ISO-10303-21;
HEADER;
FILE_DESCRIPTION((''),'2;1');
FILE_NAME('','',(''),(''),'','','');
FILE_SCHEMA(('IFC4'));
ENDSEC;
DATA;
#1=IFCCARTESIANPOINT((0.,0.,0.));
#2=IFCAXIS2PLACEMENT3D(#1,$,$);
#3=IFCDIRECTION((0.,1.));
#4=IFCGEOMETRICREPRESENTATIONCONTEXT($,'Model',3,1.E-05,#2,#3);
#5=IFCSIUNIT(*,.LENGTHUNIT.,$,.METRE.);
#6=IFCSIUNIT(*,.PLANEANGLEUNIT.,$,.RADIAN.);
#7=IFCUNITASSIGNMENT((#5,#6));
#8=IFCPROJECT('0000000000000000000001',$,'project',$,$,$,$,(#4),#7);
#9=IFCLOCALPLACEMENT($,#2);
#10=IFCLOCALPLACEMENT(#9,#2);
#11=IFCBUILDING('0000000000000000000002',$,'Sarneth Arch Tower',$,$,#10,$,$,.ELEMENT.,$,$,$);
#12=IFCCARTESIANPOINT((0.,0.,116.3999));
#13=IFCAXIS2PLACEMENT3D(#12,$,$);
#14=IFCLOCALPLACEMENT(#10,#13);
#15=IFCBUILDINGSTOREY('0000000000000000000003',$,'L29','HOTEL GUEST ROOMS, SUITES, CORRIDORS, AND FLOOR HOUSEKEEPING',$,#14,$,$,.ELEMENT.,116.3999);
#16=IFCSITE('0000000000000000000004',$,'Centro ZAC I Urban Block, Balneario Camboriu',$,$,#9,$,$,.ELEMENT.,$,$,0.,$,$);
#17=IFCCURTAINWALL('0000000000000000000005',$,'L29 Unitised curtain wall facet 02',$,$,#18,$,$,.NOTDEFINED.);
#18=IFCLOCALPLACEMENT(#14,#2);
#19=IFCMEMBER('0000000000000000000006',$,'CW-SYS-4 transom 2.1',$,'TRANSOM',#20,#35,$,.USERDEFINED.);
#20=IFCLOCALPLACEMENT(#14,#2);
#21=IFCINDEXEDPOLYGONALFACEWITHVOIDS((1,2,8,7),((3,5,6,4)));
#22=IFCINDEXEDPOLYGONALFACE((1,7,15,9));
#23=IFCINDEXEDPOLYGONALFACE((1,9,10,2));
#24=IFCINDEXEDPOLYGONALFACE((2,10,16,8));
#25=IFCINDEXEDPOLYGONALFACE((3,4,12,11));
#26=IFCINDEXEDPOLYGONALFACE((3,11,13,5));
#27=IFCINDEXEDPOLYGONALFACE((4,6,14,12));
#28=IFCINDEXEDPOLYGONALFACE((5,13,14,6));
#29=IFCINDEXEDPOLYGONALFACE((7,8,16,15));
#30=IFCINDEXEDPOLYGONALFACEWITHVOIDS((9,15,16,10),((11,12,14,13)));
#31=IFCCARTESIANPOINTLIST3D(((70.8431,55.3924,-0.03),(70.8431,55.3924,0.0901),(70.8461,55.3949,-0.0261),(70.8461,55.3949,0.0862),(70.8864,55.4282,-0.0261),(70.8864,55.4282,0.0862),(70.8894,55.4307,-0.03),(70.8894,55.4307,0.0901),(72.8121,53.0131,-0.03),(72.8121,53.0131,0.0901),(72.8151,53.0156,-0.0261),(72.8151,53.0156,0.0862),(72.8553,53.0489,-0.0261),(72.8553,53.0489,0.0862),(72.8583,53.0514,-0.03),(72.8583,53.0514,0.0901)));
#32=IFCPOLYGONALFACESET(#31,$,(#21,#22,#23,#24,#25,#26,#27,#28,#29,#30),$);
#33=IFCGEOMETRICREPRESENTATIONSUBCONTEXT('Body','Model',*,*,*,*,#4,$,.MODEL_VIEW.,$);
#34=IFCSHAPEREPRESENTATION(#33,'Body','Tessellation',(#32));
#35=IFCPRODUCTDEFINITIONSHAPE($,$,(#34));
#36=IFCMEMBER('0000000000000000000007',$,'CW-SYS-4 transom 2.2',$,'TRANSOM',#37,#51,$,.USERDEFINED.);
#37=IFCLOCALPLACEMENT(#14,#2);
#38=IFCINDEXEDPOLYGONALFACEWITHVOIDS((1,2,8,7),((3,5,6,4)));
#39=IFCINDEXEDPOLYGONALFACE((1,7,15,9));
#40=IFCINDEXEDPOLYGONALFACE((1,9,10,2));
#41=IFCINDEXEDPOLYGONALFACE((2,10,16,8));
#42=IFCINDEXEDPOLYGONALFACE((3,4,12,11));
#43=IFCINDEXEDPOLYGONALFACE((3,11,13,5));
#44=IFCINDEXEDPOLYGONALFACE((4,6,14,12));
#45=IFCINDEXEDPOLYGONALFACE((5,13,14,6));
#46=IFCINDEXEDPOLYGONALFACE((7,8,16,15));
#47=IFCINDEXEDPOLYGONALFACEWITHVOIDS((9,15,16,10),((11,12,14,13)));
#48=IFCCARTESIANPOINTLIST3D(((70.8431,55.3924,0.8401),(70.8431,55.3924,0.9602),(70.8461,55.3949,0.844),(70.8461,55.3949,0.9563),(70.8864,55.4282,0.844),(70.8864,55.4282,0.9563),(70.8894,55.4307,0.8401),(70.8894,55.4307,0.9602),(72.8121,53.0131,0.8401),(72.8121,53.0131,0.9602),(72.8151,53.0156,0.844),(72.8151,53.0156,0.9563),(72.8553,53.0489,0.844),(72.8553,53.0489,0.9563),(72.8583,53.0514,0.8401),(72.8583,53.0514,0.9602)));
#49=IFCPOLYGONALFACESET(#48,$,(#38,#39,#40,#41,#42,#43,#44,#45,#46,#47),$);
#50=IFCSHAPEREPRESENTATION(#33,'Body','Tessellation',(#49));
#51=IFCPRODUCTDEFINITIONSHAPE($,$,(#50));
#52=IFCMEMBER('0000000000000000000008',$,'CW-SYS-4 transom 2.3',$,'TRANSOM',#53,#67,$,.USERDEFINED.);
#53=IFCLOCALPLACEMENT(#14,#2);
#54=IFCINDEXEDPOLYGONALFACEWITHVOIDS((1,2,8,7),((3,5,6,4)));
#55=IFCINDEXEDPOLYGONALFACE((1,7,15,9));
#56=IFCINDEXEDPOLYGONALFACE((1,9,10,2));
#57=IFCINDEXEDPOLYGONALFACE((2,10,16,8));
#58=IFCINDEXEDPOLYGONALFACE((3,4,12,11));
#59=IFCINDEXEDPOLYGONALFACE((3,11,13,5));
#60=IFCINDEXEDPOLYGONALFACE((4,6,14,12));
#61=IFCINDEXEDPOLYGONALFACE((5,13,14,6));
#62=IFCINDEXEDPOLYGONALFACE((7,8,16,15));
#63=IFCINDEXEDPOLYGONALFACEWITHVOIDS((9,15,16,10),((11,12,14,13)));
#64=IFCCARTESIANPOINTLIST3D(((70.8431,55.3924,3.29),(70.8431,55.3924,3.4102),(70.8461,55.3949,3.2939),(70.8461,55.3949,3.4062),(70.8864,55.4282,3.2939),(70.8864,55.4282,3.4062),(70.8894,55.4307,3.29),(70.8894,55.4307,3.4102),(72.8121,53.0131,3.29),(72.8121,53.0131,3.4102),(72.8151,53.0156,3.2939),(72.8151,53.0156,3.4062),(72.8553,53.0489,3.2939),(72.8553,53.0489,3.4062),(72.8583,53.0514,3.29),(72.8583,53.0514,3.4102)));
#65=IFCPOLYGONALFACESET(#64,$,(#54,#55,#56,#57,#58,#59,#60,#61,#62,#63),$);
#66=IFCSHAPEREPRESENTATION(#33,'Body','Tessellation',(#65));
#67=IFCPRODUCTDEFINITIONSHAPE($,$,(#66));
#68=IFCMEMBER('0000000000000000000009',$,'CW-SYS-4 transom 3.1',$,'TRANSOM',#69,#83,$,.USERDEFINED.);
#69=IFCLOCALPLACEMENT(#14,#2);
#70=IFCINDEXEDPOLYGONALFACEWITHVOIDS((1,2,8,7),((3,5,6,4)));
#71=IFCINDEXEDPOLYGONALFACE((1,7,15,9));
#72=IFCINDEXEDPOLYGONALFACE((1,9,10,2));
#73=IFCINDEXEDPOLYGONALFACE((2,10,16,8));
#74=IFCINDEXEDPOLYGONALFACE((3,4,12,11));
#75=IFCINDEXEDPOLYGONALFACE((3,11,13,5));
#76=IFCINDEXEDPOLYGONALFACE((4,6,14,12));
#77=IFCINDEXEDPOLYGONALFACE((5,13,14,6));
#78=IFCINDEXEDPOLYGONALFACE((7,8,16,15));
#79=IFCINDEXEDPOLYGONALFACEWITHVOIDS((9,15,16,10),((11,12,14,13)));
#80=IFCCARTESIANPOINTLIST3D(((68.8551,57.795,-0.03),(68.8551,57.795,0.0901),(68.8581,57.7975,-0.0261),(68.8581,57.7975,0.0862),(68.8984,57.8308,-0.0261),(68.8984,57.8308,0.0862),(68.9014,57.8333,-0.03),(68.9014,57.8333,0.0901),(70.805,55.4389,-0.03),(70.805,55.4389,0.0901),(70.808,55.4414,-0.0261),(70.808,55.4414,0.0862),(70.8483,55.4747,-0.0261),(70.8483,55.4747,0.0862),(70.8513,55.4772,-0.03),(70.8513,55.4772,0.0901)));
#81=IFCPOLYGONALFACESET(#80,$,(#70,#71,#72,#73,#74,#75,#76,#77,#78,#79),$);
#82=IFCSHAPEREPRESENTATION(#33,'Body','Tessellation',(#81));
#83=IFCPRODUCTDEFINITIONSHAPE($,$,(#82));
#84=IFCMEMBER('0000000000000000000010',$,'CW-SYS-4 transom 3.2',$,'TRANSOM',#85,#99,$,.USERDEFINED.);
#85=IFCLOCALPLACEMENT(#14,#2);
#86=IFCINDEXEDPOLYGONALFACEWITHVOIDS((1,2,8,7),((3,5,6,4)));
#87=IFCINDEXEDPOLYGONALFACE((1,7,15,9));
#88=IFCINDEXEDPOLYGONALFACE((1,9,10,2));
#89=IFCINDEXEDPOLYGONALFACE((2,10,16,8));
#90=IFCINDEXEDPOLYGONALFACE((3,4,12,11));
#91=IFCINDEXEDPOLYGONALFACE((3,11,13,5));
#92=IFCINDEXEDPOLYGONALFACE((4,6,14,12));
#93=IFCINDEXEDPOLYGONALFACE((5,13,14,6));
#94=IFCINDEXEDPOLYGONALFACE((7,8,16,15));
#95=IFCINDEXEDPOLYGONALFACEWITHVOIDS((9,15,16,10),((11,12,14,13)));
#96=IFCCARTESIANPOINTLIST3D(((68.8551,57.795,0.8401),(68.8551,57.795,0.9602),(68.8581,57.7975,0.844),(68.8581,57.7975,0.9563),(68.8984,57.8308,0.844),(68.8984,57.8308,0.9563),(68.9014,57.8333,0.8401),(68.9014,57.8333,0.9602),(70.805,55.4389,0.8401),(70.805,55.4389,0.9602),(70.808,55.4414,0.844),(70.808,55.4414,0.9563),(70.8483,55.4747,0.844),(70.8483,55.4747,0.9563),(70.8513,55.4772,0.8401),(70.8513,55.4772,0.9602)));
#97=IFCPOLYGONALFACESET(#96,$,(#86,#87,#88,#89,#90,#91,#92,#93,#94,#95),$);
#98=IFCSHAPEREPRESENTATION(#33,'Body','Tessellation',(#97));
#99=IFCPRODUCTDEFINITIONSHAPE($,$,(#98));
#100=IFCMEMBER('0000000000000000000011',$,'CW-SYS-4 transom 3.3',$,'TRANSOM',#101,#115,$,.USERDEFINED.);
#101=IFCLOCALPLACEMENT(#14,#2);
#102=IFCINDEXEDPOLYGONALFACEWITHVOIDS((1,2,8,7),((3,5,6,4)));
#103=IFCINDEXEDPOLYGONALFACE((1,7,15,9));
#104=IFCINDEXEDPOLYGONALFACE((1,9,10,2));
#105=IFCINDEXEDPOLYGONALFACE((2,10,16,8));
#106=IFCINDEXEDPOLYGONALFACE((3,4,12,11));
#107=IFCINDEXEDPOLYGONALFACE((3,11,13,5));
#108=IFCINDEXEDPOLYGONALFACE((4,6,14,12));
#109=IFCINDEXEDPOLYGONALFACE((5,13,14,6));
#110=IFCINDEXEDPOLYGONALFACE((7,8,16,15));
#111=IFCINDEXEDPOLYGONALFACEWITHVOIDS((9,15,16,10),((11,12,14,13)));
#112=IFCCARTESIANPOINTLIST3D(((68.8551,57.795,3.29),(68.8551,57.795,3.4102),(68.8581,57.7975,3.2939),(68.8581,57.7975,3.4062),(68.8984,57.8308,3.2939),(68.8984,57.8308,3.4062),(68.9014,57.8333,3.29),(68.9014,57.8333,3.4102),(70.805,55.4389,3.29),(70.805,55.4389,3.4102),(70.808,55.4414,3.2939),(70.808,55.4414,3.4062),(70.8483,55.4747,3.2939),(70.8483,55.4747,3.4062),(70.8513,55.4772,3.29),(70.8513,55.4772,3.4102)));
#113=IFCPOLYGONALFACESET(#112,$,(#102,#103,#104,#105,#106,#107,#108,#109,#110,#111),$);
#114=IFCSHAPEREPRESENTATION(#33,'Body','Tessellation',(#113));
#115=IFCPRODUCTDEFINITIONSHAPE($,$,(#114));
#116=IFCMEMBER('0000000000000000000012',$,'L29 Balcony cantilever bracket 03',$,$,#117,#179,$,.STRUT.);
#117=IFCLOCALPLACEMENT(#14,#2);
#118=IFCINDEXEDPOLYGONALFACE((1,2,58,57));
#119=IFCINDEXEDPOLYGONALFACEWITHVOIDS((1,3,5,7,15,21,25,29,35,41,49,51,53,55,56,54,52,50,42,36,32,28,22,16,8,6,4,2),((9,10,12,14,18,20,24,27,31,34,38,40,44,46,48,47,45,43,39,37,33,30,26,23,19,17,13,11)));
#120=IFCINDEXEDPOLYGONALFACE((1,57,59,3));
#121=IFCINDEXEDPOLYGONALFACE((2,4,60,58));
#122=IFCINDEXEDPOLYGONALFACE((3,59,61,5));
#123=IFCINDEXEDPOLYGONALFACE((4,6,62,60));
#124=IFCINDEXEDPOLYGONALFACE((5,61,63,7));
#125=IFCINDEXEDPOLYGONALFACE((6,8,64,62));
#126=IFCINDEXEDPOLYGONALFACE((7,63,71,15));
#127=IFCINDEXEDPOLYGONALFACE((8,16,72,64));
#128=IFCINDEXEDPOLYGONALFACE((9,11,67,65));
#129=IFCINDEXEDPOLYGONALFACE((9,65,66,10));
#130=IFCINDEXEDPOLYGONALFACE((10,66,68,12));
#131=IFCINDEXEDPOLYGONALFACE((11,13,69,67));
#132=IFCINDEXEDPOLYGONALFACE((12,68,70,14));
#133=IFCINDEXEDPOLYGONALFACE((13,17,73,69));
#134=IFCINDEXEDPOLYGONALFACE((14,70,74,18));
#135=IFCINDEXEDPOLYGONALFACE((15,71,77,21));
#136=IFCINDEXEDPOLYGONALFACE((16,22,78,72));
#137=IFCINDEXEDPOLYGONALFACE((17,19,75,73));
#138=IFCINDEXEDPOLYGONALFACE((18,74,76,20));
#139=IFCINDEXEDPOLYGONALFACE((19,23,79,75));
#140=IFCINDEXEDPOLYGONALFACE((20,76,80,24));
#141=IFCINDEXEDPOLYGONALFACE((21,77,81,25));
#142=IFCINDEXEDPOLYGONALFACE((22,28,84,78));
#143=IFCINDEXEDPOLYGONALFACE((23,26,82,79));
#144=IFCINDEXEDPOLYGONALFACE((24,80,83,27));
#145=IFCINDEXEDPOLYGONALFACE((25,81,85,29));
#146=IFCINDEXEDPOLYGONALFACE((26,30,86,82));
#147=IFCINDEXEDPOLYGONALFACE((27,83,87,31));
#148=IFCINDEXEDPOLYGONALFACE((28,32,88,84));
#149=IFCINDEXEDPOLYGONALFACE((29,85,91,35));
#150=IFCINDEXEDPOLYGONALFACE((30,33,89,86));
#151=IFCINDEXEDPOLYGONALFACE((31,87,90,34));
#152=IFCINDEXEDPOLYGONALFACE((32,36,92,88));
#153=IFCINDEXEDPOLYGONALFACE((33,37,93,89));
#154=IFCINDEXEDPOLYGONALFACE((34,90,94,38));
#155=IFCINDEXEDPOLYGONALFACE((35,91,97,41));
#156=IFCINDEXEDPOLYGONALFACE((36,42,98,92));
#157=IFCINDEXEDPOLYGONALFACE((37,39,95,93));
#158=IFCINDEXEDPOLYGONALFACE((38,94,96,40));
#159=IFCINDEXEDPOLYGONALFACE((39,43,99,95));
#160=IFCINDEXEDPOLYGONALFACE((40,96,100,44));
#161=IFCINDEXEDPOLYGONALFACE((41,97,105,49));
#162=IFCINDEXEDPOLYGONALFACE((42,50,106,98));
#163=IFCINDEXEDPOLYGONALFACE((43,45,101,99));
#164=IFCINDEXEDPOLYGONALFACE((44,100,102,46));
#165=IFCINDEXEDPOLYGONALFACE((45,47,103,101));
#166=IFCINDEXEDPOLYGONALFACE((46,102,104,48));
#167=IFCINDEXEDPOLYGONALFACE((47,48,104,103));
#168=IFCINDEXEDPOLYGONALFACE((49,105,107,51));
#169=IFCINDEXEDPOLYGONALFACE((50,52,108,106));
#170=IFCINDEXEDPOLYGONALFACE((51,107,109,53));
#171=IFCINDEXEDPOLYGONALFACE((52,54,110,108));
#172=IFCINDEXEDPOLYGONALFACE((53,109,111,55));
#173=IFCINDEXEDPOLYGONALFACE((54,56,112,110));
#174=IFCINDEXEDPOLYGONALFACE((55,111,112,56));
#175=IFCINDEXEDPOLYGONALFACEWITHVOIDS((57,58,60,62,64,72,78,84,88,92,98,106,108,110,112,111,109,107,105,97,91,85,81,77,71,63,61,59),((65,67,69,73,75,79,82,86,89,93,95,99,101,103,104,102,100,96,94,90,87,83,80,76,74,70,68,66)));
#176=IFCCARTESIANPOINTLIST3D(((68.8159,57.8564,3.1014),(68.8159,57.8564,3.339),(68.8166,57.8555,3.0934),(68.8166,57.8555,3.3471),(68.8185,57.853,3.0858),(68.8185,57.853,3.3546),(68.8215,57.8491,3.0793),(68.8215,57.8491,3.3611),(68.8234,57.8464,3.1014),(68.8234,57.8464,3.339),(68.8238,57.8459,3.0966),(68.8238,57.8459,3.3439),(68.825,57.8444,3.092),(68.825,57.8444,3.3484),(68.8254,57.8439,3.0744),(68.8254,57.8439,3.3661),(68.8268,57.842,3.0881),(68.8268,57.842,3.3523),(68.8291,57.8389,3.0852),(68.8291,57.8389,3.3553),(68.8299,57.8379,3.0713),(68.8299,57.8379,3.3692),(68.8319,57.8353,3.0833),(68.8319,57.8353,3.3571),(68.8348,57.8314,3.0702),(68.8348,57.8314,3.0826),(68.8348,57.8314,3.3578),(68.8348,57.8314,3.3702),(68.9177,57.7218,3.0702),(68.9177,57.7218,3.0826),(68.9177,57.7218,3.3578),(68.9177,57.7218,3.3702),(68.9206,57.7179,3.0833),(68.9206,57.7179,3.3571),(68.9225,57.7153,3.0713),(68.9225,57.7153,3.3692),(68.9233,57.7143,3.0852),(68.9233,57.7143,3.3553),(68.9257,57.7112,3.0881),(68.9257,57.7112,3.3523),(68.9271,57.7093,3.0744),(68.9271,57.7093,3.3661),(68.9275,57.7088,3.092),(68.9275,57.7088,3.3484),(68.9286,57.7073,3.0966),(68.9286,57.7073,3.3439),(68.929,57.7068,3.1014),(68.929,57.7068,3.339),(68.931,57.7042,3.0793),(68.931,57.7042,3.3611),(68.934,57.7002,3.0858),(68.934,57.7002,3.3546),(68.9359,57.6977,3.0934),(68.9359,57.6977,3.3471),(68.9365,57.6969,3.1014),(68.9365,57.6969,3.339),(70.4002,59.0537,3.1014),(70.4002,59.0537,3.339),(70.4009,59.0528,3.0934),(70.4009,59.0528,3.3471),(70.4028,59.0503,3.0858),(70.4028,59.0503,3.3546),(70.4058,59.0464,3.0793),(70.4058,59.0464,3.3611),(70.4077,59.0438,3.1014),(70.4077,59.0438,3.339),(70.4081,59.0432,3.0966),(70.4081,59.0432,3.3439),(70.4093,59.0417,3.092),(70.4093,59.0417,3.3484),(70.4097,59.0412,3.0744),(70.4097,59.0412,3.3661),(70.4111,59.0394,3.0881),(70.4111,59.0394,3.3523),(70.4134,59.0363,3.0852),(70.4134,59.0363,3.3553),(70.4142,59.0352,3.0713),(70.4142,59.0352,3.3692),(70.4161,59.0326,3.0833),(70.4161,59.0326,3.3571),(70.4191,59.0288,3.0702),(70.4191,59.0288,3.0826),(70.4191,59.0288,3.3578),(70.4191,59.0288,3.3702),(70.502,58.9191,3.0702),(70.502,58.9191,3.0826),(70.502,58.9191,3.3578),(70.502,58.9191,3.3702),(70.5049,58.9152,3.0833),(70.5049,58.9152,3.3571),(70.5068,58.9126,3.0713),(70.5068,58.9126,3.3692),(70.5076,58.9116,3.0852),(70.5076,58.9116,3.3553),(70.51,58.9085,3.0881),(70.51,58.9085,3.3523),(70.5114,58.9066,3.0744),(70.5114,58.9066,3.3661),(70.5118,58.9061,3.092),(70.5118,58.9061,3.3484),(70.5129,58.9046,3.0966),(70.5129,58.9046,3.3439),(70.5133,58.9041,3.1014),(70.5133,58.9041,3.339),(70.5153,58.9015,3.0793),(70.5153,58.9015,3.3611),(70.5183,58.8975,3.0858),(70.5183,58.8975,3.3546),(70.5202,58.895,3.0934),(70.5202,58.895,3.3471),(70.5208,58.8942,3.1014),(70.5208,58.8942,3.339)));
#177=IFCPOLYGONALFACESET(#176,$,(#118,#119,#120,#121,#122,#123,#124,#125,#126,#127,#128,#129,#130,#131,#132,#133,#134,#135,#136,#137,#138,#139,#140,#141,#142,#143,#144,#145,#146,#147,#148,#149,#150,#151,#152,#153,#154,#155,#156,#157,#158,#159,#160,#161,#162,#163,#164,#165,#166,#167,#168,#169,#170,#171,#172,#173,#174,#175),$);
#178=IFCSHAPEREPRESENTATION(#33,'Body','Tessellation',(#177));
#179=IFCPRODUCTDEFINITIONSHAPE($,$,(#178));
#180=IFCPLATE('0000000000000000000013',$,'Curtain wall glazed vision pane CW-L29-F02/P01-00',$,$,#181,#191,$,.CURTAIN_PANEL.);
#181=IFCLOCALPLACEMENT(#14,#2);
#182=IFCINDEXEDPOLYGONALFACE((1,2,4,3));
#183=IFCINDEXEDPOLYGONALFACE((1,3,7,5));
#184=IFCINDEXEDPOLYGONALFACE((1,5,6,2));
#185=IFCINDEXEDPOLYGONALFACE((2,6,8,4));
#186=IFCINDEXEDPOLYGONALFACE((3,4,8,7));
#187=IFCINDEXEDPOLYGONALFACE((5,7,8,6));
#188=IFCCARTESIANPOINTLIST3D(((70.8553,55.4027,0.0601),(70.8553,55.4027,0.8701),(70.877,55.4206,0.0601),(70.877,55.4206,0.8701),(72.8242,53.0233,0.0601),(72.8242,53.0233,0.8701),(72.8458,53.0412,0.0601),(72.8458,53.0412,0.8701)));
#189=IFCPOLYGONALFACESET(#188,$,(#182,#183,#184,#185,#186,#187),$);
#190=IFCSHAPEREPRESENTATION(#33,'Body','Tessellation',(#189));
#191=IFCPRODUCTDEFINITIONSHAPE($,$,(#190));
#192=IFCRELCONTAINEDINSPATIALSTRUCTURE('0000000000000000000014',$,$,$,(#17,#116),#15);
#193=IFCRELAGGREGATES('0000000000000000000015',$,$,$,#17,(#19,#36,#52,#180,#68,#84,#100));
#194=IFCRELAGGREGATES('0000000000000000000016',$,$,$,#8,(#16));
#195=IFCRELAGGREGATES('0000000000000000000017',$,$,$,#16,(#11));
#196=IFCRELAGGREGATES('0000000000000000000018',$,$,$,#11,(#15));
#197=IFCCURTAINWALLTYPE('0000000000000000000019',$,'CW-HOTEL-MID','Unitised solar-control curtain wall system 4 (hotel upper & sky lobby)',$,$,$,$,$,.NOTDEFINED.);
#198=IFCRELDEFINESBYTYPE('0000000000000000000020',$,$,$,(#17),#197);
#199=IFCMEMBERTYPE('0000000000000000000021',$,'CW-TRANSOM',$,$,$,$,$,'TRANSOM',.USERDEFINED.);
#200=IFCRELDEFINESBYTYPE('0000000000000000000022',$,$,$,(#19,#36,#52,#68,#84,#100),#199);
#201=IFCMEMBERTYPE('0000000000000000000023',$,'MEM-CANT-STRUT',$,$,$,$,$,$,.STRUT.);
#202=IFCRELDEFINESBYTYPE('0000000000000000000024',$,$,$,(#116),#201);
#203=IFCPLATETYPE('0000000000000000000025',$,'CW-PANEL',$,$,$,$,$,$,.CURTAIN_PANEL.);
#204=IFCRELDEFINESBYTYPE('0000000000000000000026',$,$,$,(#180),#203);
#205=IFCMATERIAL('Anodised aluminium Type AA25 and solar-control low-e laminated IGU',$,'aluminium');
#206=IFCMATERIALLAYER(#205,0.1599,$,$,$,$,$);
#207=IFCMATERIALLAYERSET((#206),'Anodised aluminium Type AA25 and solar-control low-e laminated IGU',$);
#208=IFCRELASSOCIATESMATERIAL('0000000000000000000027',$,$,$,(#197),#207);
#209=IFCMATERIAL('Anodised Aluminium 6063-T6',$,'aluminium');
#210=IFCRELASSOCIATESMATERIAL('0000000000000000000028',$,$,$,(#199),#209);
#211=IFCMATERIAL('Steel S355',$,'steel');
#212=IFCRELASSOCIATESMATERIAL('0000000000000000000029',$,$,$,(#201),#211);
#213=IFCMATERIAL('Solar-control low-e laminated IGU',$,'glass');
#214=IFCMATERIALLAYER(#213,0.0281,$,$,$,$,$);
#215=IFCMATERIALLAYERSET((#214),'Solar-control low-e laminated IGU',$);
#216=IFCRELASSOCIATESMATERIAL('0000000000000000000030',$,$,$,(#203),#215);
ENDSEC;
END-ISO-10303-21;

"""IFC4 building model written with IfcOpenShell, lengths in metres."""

from ifc_helpers import new_model, si_unit, direction, frame, origin, origin_2d, place, context, subcontext, project, spatial, rectangle, hollow_rectangle, extrude, material, layer, layer_set, material_profile, profile_set, type_object, element, aggregate, save


model = new_model("IFC4")

# Units and contexts
model_context = context("Model", 3, precision=1e-05, world=origin(), true_north=direction((0.0, 1.0)))
body_context = subcontext(model_context, "Body", "Model", "MODEL_VIEW")
ifc_project = project(units=[si_unit("LENGTHUNIT", "METRE"), si_unit("PLANEANGLEUNIT", "RADIAN")], contexts=[model_context])

# Site, building, storey
site_placement = place(None, origin())
site = spatial("IfcSite", under=ifc_project, at=site_placement, Name="Centro ZAC I Urban Block, Balneario Camboriu", CompositionType="ELEMENT", RefElevation=0.0)
building_placement = place(site_placement, origin())
building = spatial("IfcBuilding", under=site, at=building_placement, Name="Sarneth Arch Tower", CompositionType="ELEMENT")
storey_placement = place(building_placement, frame((0.0, 0.0, 116.3999)))
storey = spatial("IfcBuildingStorey", under=building, at=storey_placement, Name="L29", Description="HOTEL GUEST ROOMS, SUITES, CORRIDORS, AND FLOOR HOUSEKEEPING", CompositionType="ELEMENT", Elevation=116.3999)

# Curtain wall, members
ifc_material_1 = material(Name="Anodised aluminium Type AA25 and solar-control low-e laminated IGU", Category="aluminium")
ifc_layer_1 = layer(ifc_material_1, 0.1599)
ifc_layer_set_1 = layer_set([ifc_layer_1], Name="Anodised aluminium Type AA25 and solar-control low-e laminated IGU")
curtain_wall_type = type_object("IfcCurtainWallType", Name="CW-HOTEL-MID", Description="Unitised solar-control curtain wall system 4 (hotel upper & sky lobby)", PredefinedType="NOTDEFINED", material=ifc_layer_set_1)
curtain_wall_placement = place(storey_placement, origin())
curtain_wall = element("IfcCurtainWall", 1, at=curtain_wall_placement, inside=storey, type_object=curtain_wall_type, Name="L29 Unitised curtain wall facet 02", PredefinedType="NOTDEFINED")
ifc_material_2 = material(Name="Anodised Aluminium 6063-T6", Category="aluminium")
ifc_material_profile_1 = material_profile(ifc_material_2, hollow_rectangle(XDim=0.0601, YDim=0.1201, WallThickness=0.0039, at=origin_2d()), Name="AL-TRAN-120x60x4")
ifc_profile_set_1 = profile_set([ifc_material_profile_1], Name="Anodised Aluminium 6063-T6")
member_type_1 = type_object("IfcMemberType", Name="CW-TRANSOM", ElementType="TRANSOM", PredefinedType="USERDEFINED", material=ifc_profile_set_1)
member_1_placement = place(storey_placement, frame((72.8352, 53.0322, 0.03), z_axis=(-0.637537, 0.77042, 0.0), x_axis=(-0.77042, -0.637537, 0.0)))
member_1 = element("IfcMember", 2, at=member_1_placement, type_object=member_type_1, Name="CW-SYS-4 transom 2.1", ObjectType="TRANSOM", PredefinedType="USERDEFINED", context=body_context, shape_type="SweptSolid", body=[
    extrude(hollow_rectangle(XDim=0.0601, YDim=0.1201, WallThickness=0.0039, at=origin_2d()), origin(), (0.0, 0.0, 1.0), 3.0884),
])
member_2_placement = place(storey_placement, frame((72.8352, 53.0322, 0.9001), z_axis=(-0.637537, 0.77042, 0.0), x_axis=(-0.77042, -0.637537, 0.0)))
member_2 = element("IfcMember", 3, at=member_2_placement, type_object=member_type_1, Name="CW-SYS-4 transom 2.2", ObjectType="TRANSOM", PredefinedType="USERDEFINED", context=body_context, shape_type="SweptSolid", body=[
    extrude(hollow_rectangle(XDim=0.0601, YDim=0.1201, WallThickness=0.0039, at=origin_2d()), origin(), (0.0, 0.0, 1.0), 3.0884),
])
member_3_placement = place(storey_placement, frame((72.8352, 53.0322, 3.3501), z_axis=(-0.637537, 0.77042, 0.0), x_axis=(-0.77042, -0.637537, 0.0)))
member_3 = element("IfcMember", 4, at=member_3_placement, type_object=member_type_1, Name="CW-SYS-4 transom 2.3", ObjectType="TRANSOM", PredefinedType="USERDEFINED", context=body_context, shape_type="SweptSolid", body=[
    extrude(hollow_rectangle(XDim=0.0601, YDim=0.1201, WallThickness=0.0039, at=origin_2d()), origin(), (0.0, 0.0, 1.0), 3.0884),
])
member_4_placement = place(storey_placement, frame((70.8281, 55.458, 0.03), z_axis=(-0.637566, 0.770396, 0.0), x_axis=(-0.770396, -0.637566, 0.0)))
member_4 = element("IfcMember", 5, at=member_4_placement, type_object=member_type_1, Name="CW-SYS-4 transom 3.1", ObjectType="TRANSOM", PredefinedType="USERDEFINED", context=body_context, shape_type="SweptSolid", body=[
    extrude(hollow_rectangle(XDim=0.0601, YDim=0.1201, WallThickness=0.0039, at=origin_2d()), origin(), (0.0, 0.0, 1.0), 3.0583),
])
member_5_placement = place(storey_placement, frame((70.8281, 55.458, 0.9001), z_axis=(-0.637566, 0.770396, 0.0), x_axis=(-0.770396, -0.637566, 0.0)))
member_5 = element("IfcMember", 6, at=member_5_placement, type_object=member_type_1, Name="CW-SYS-4 transom 3.2", ObjectType="TRANSOM", PredefinedType="USERDEFINED", context=body_context, shape_type="SweptSolid", body=[
    extrude(hollow_rectangle(XDim=0.0601, YDim=0.1201, WallThickness=0.0039, at=origin_2d()), origin(), (0.0, 0.0, 1.0), 3.0583),
])
member_6_placement = place(storey_placement, frame((70.8281, 55.458, 3.3501), z_axis=(-0.637566, 0.770396, 0.0), x_axis=(-0.770396, -0.637566, 0.0)))
member_6 = element("IfcMember", 7, at=member_6_placement, type_object=member_type_1, Name="CW-SYS-4 transom 3.3", ObjectType="TRANSOM", PredefinedType="USERDEFINED", context=body_context, shape_type="SweptSolid", body=[
    extrude(hollow_rectangle(XDim=0.0601, YDim=0.1201, WallThickness=0.0039, at=origin_2d()), origin(), (0.0, 0.0, 1.0), 3.0583),
])

# Member
ifc_material_3 = material(Name="Steel S355", Category="steel")
ifc_material_profile_2 = material_profile(ifc_material_3, hollow_rectangle(XDim=0.2, YDim=0.3, WallThickness=0.0125, InnerFilletRadius=0.0188, OuterFilletRadius=0.0312, at=origin_2d()), Name="RHS300x200x12.5")
ifc_profile_set_2 = profile_set([ifc_material_profile_2], Name="Steel S355")
member_type_2 = type_object("IfcMemberType", Name="MEM-CANT-STRUT", PredefinedType="STRUT", material=ifc_profile_set_2)
member_7_placement = place(storey_placement, frame((68.8762, 57.7766, 3.2202), z_axis=(0.797796, 0.602927, 0.0), x_axis=(-0.602927, 0.797796, 0.0)))
element("IfcMember", 8, at=member_7_placement, inside=storey, type_object=member_type_2, Name="L29 Balcony cantilever bracket 03", PredefinedType="STRUT", context=body_context, shape_type="SweptSolid", body=[
    extrude(hollow_rectangle(XDim=0.2, YDim=0.3, WallThickness=0.0125, InnerFilletRadius=0.0188, OuterFilletRadius=0.0312, at=origin_2d()), origin(), (0.0, 0.0, 1.0), 1.9858),
])

# Plate
ifc_material_4 = material(Name="Solar-control low-e laminated IGU", Category="glass")
ifc_layer_2 = layer(ifc_material_4, 0.0281)
ifc_layer_set_2 = layer_set([ifc_layer_2], Name="Solar-control low-e laminated IGU")
plate_type_1 = type_object("IfcPlateType", Name="CW-PANEL", PredefinedType="CURTAIN_PANEL", material=ifc_layer_set_2)
plate_1_placement = place(storey_placement, frame((71.8506, 54.2219, 0.0601), z_axis=(0.0, 0.0, 1.0), x_axis=(-0.637515, 0.770438, 0.0)))
plate_1 = element("IfcPlate", 9, at=plate_1_placement, type_object=plate_type_1, Name="Curtain wall glazed vision pane CW-L29-F02/P01-00", PredefinedType="CURTAIN_PANEL", context=body_context, shape_type="SweptSolid", body=[
    extrude(rectangle(XDim=3.0884, YDim=0.0281, at=origin_2d()), origin(), (0.0, 0.0, 1.0), 0.8101),
])
aggregate(curtain_wall, [member_1, member_2, member_3, plate_1, member_4, member_5, member_6])

save(model, "model.ifc")
